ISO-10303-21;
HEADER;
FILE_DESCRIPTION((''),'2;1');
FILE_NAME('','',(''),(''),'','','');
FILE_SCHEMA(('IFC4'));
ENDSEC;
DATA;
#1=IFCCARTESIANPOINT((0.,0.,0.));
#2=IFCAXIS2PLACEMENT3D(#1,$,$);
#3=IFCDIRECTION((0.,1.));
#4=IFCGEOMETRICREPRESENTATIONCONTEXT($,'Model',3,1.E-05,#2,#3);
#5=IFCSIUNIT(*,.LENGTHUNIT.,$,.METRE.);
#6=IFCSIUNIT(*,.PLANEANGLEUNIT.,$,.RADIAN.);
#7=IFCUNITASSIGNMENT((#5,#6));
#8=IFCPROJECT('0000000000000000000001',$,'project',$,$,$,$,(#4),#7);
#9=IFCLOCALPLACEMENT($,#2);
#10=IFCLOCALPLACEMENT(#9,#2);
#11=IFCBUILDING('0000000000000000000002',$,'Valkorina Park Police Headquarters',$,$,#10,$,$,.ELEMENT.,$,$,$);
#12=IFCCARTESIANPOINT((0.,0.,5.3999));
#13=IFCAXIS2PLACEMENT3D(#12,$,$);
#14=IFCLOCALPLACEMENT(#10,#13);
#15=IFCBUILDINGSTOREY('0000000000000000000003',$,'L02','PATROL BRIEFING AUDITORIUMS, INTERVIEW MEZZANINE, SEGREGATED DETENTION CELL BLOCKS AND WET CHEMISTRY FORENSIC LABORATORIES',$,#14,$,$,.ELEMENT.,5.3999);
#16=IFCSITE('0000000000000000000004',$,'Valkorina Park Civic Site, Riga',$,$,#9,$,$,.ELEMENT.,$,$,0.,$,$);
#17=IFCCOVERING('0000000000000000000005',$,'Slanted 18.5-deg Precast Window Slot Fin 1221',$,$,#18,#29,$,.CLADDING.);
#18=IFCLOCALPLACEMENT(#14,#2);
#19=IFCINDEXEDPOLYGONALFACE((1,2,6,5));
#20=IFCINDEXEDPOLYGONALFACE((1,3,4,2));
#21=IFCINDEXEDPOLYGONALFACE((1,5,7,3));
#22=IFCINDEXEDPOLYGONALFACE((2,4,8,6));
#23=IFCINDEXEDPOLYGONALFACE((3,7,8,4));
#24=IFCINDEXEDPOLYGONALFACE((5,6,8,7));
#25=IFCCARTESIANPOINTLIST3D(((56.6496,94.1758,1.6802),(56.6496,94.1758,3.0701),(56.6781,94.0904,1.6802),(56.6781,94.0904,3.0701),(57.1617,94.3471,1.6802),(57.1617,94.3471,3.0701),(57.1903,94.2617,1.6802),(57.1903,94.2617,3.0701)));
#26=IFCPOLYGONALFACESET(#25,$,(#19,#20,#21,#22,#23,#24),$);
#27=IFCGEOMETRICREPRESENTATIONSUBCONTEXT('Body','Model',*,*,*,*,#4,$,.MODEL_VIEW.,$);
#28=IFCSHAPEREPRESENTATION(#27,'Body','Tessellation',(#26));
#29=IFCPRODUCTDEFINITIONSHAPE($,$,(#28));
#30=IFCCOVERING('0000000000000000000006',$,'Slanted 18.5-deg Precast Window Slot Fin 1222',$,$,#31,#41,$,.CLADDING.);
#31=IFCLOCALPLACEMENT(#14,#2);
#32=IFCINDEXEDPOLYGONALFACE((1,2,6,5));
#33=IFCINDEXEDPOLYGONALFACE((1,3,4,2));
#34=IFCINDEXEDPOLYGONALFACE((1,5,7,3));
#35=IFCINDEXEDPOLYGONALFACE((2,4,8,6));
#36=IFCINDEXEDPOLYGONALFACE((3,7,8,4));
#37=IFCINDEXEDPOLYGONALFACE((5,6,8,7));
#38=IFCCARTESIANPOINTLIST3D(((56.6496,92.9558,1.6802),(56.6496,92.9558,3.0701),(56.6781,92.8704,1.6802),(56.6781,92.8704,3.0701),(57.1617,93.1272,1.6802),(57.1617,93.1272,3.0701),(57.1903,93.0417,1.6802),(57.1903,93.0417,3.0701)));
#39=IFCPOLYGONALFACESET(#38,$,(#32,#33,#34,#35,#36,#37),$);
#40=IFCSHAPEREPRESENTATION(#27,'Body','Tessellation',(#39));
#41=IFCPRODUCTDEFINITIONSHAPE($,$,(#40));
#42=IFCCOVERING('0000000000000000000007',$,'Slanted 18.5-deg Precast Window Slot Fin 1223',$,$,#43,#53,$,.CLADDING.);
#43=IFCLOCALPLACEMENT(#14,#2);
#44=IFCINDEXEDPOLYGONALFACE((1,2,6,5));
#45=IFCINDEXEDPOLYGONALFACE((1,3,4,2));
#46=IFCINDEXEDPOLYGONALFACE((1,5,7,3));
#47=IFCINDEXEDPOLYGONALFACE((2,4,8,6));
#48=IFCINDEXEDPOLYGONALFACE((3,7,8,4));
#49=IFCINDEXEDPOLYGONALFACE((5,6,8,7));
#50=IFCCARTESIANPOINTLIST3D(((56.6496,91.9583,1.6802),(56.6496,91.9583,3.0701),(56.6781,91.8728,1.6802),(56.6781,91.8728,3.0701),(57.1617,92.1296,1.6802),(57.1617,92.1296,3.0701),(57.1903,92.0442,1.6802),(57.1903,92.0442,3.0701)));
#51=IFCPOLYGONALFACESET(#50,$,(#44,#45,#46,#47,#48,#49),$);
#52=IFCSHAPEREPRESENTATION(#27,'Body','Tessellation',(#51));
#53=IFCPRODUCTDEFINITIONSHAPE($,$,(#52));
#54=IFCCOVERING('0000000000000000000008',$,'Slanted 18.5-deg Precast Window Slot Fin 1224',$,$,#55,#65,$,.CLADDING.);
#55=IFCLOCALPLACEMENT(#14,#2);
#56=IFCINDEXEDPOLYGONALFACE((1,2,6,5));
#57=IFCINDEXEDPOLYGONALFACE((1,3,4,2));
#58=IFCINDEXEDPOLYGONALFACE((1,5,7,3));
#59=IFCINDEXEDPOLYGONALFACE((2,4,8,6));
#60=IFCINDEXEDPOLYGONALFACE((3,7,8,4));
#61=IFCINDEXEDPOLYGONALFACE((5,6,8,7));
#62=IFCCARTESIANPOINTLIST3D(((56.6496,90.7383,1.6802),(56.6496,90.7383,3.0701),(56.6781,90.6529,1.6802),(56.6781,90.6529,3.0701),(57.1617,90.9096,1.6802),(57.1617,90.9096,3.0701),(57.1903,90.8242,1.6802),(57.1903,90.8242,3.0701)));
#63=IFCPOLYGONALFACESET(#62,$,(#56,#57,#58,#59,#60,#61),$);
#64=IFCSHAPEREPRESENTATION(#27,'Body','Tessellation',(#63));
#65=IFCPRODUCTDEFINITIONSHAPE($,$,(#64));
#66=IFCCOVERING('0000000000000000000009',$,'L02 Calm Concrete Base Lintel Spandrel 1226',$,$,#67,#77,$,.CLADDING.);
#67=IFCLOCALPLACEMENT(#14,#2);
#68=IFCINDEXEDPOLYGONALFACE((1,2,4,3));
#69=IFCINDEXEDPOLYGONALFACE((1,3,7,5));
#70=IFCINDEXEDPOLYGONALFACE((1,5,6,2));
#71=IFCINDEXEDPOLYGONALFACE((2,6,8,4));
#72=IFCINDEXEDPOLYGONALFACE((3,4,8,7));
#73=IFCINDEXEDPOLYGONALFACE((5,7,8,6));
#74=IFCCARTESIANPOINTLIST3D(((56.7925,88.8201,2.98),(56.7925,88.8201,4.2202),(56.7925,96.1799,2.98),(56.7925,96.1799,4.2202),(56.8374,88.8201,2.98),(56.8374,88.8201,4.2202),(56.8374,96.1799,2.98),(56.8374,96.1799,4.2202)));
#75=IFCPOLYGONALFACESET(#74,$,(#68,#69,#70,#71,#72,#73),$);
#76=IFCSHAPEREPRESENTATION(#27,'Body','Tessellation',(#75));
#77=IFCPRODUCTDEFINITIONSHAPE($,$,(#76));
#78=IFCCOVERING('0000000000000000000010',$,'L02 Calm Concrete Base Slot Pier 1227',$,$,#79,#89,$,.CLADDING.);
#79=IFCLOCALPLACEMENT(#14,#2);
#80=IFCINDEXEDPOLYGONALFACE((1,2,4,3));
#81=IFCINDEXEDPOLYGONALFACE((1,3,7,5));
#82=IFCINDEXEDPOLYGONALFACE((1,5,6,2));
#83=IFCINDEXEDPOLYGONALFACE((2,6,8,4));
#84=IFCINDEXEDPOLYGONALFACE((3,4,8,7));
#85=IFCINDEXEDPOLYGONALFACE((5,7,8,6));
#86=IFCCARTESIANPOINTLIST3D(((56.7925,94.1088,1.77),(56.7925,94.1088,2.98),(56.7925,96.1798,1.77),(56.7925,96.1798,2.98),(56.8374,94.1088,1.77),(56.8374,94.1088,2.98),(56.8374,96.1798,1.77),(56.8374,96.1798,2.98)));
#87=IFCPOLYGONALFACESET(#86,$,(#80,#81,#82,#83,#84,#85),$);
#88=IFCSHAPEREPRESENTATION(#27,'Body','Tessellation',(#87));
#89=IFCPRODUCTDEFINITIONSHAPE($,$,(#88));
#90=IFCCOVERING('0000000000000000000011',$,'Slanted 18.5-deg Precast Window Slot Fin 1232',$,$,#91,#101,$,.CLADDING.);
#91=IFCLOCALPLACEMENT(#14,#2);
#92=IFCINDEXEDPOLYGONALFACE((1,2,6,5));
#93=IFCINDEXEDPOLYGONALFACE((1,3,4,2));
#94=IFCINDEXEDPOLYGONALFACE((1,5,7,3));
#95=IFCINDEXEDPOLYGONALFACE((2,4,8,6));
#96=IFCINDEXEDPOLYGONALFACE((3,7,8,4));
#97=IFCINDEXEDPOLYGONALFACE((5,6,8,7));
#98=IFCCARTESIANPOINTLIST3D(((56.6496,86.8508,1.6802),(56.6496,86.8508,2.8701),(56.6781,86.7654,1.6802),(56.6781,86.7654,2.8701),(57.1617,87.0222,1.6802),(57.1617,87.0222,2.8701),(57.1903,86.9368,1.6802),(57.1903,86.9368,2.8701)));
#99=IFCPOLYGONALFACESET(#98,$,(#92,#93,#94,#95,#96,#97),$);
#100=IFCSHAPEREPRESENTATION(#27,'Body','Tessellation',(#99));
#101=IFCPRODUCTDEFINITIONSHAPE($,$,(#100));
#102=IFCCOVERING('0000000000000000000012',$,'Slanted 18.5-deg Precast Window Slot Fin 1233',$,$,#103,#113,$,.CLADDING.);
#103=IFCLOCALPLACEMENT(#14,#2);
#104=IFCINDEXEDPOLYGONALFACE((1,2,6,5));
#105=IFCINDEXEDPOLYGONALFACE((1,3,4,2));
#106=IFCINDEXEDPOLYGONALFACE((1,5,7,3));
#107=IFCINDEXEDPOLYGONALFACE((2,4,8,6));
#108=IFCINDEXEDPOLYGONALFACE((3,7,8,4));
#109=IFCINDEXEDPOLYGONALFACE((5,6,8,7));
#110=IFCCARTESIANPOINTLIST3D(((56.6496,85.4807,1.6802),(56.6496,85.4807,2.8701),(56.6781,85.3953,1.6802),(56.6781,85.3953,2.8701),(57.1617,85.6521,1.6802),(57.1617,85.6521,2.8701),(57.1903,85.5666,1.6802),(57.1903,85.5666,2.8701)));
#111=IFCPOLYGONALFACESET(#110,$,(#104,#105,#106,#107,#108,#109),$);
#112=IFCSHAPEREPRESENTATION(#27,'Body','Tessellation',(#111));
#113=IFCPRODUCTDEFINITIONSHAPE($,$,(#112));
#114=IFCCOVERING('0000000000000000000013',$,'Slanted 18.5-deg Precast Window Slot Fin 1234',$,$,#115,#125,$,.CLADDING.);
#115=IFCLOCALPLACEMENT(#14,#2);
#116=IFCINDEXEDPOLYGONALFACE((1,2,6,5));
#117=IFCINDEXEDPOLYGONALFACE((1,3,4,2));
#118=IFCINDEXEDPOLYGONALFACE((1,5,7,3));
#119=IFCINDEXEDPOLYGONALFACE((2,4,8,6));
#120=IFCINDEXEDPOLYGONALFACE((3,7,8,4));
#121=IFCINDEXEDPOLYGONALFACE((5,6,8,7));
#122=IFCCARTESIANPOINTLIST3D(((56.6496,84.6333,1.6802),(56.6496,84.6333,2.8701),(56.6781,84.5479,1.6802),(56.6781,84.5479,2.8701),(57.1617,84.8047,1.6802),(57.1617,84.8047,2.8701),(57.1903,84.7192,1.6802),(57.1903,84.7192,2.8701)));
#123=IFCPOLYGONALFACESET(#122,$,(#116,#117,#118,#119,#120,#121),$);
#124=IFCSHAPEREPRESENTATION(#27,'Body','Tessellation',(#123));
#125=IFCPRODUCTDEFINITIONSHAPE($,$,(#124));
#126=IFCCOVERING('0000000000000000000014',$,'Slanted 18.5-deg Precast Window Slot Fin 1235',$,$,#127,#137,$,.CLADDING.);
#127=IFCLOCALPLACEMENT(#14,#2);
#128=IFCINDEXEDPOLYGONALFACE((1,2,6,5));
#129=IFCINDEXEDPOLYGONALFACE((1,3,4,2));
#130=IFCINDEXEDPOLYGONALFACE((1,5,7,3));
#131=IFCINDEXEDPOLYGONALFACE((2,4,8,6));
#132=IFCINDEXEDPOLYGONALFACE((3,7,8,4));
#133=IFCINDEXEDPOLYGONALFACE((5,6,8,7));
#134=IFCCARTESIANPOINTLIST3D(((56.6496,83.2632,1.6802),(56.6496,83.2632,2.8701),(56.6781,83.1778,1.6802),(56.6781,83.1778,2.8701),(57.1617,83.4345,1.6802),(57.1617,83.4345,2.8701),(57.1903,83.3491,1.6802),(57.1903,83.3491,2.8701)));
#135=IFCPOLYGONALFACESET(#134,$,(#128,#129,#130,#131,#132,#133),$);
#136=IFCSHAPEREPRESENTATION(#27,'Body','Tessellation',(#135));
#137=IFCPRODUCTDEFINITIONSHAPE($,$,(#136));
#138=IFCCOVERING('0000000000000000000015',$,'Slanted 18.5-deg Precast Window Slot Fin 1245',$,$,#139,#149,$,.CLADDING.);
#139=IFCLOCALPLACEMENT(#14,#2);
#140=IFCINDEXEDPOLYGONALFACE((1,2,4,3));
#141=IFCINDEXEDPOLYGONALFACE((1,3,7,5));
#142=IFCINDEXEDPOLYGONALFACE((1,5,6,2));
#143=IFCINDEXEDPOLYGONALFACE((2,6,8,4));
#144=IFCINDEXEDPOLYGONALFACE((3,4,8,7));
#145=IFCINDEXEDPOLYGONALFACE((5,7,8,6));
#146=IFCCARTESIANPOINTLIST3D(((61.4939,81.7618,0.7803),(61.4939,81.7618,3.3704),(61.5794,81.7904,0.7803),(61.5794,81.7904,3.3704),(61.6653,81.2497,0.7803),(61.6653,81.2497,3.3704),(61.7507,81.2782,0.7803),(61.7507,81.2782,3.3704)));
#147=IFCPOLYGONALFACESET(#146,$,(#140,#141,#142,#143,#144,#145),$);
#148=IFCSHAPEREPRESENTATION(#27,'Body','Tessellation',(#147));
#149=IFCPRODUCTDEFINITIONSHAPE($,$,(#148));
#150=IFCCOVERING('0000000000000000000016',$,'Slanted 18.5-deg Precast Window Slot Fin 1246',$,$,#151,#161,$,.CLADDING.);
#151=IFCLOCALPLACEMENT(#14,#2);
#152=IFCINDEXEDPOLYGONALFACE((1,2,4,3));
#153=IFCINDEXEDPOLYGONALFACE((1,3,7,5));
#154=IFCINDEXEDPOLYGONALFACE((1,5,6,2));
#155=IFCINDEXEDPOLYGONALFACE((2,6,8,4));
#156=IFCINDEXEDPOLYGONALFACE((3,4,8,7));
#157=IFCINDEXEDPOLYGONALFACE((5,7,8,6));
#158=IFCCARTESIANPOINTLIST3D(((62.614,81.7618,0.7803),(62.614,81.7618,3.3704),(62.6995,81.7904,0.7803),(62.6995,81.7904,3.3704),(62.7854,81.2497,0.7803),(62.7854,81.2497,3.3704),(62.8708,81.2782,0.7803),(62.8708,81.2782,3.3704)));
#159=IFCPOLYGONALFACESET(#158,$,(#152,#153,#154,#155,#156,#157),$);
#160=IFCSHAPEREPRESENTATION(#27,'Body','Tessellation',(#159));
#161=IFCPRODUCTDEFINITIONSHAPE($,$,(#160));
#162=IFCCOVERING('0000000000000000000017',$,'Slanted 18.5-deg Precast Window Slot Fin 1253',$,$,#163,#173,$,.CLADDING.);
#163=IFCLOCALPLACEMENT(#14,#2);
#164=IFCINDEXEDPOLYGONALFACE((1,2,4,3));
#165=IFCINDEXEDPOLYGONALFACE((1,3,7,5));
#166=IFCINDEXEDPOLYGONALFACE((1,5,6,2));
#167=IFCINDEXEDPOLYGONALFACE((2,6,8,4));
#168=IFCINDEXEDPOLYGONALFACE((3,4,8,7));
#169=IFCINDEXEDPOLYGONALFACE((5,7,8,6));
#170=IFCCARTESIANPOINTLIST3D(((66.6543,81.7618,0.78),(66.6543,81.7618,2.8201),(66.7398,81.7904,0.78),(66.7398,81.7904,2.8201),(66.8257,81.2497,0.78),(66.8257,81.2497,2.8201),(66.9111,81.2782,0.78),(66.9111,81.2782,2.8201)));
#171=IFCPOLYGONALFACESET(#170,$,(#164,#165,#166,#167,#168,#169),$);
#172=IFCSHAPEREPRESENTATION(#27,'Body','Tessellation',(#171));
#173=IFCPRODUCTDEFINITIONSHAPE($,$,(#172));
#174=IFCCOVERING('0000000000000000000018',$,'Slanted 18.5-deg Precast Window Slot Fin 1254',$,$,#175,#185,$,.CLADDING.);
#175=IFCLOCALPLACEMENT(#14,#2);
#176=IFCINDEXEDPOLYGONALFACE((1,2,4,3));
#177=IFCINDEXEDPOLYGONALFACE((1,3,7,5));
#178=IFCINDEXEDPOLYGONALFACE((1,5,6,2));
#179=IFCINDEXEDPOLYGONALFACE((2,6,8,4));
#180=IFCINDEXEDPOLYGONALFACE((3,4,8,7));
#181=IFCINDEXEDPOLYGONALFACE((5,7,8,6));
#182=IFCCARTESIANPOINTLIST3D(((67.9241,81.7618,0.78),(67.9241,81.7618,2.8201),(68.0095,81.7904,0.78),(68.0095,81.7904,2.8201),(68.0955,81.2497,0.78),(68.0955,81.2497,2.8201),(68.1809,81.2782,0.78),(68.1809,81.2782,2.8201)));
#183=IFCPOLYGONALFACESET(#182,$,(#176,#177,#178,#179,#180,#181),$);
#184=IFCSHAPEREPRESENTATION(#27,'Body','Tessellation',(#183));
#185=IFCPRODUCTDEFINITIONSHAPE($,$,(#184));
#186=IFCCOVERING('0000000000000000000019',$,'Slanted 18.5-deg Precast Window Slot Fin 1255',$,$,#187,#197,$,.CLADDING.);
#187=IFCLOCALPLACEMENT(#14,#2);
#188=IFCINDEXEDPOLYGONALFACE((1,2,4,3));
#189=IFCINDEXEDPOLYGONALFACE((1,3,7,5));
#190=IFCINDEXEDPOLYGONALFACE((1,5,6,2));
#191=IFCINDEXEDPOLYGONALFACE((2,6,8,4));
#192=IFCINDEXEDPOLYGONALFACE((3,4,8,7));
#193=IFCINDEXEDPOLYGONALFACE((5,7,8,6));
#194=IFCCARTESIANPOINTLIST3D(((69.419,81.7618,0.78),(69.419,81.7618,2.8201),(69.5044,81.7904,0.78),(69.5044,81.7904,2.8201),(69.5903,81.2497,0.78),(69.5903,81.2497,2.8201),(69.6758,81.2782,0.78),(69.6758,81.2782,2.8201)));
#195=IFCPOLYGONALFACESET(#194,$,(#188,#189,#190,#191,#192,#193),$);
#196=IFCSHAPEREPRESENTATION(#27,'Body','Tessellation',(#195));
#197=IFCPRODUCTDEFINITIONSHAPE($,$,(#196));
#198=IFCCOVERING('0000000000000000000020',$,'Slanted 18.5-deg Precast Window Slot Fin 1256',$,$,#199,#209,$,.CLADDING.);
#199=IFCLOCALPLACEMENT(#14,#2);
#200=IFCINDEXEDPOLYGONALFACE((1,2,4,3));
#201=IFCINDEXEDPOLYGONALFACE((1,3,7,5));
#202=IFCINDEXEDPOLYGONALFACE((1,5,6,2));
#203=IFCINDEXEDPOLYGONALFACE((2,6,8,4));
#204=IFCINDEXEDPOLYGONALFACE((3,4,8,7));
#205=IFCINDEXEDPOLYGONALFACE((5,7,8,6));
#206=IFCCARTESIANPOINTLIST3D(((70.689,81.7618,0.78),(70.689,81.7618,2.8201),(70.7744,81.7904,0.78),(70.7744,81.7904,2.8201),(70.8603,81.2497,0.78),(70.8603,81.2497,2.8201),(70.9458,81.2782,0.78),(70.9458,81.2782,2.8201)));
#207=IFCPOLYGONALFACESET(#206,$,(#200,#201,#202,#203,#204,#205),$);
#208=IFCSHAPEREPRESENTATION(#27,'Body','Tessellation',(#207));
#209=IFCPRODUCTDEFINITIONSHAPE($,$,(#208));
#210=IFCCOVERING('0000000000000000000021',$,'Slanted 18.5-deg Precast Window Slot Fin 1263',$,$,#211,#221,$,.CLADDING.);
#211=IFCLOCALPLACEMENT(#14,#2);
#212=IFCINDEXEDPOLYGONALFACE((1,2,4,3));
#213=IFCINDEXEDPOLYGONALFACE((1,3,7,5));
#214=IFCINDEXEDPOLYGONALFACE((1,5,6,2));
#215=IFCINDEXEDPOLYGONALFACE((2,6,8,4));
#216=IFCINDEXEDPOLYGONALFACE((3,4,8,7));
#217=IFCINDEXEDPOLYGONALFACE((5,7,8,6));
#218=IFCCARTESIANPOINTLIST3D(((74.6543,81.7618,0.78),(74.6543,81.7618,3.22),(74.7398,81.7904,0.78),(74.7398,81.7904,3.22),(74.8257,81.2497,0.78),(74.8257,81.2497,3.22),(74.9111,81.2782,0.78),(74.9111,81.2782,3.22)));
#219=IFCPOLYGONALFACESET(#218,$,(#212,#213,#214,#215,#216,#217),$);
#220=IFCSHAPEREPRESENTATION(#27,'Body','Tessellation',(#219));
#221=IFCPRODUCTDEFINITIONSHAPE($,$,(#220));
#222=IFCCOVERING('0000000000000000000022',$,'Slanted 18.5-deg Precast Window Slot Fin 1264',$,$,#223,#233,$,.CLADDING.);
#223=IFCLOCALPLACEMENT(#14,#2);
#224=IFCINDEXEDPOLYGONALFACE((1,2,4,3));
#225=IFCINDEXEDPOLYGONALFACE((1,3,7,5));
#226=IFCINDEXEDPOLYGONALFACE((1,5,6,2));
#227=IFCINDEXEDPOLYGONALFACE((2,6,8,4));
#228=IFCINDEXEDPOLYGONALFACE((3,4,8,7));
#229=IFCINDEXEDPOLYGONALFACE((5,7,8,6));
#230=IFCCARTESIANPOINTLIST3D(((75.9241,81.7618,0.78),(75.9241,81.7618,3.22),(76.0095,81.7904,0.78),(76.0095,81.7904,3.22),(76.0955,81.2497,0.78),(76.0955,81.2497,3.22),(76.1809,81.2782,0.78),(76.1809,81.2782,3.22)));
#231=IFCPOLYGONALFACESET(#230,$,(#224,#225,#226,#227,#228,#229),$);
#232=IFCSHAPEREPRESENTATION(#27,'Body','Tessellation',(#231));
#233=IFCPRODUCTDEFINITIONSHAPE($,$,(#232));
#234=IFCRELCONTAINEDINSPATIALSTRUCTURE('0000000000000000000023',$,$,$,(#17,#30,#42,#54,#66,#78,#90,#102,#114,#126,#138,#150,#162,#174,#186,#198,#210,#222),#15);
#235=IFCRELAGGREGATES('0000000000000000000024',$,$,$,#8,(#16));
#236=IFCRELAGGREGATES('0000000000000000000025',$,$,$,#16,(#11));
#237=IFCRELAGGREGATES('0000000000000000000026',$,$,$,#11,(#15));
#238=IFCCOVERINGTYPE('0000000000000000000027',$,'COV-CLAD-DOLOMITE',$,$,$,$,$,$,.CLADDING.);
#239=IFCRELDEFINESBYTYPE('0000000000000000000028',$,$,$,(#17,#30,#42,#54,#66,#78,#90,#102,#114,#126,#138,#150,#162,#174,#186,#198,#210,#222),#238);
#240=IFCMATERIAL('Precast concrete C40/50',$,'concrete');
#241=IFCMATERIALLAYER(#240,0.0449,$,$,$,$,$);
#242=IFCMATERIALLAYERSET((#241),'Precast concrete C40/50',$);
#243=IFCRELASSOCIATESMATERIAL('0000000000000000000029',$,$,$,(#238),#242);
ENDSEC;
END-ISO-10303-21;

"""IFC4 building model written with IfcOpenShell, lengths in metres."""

from ifc_helpers import new_model, si_unit, direction, frame, frame_2d, origin, origin_2d, place, context, subcontext, project, spatial, rectangle, extrude, material, layer, layer_set, type_object, element, save


model = new_model("IFC4")

# Units and contexts
model_context = context("Model", 3, precision=1e-05, world=origin(), true_north=direction((0.0, 1.0)))
body_context = subcontext(model_context, "Body", "Model", "MODEL_VIEW")
ifc_project = project(units=[si_unit("LENGTHUNIT", "METRE"), si_unit("PLANEANGLEUNIT", "RADIAN")], contexts=[model_context])

# Site, building, storey
site_placement = place(None, origin())
site = spatial("IfcSite", under=ifc_project, at=site_placement, Name="Valkorina Park Civic Site, Riga", CompositionType="ELEMENT", RefElevation=0.0)
building_placement = place(site_placement, origin())
building = spatial("IfcBuilding", under=site, at=building_placement, Name="Valkorina Park Police Headquarters", CompositionType="ELEMENT")
storey_placement = place(building_placement, frame((0.0, 0.0, 5.3999)))
storey = spatial("IfcBuildingStorey", under=building, at=storey_placement, Name="L02", Description="PATROL BRIEFING AUDITORIUMS, INTERVIEW MEZZANINE, SEGREGATED DETENTION CELL BLOCKS AND WET CHEMISTRY FORENSIC LABORATORIES", CompositionType="ELEMENT", Elevation=5.3999)

# Coverings
ifc_material = material(Name="Precast concrete C40/50", Category="concrete")
ifc_layer = layer(ifc_material, 0.0449)
ifc_layer_set = layer_set([ifc_layer], Name="Precast concrete C40/50")
covering_type = type_object("IfcCoveringType", Name="COV-CLAD-DOLOMITE", PredefinedType="CLADDING", material=ifc_layer_set)
for number, where, z_axis, x_axis, name in (
    (1, (56.9199, 94.2188, 1.6802), (0.0, 0.0, 1.0), (0.948324, 0.317305, 0.0), "Slanted 18.5-deg Precast Window Slot Fin 1221"),
    (2, (56.9199, 92.9988, 1.6802), (0.0, 0.0, 1.0), (0.948324, 0.317305, 0.0), "Slanted 18.5-deg Precast Window Slot Fin 1222"),
    (3, (56.9199, 92.0012, 1.6802), (0.0, 0.0, 1.0), (0.948324, 0.317305, 0.0), "Slanted 18.5-deg Precast Window Slot Fin 1223"),
    (4, (56.9199, 90.7812, 1.6802), (0.0, 0.0, 1.0), (0.948324, 0.317305, 0.0), "Slanted 18.5-deg Precast Window Slot Fin 1224"),
):
    element("IfcCovering", number, at=place(storey_placement, frame(where, z_axis=z_axis, x_axis=x_axis)), inside=storey, type_object=covering_type, Name=name, PredefinedType="CLADDING", context=body_context, shape_type="SweptSolid", body=[
        extrude(rectangle(XDim=0.54, YDim=0.0901, at=origin_2d()), origin(), (0.0, 0.0, 1.0), 1.3899),
    ])
covering_1_placement = place(storey_placement, frame((56.8149, 96.1799, 2.98), z_axis=(0.0, 0.0, 1.0), x_axis=(0.0, -1.0, 0.0)))
element("IfcCovering", 5, at=covering_1_placement, inside=storey, type_object=covering_type, Name="L02 Calm Concrete Base Lintel Spandrel 1226", PredefinedType="CLADDING", context=body_context, shape_type="SweptSolid", body=[
    extrude(rectangle(XDim=7.3599, YDim=0.0449, at=frame_2d((3.6799, 0.0))), origin(), (0.0, 0.0, 1.0), 1.2402),
])
covering_2_placement = place(storey_placement, frame((56.8149, 96.1799, 1.77), z_axis=(0.0, 0.0, 1.0), x_axis=(0.0, -1.0, 0.0)))
element("IfcCovering", 6, at=covering_2_placement, inside=storey, type_object=covering_type, Name="L02 Calm Concrete Base Slot Pier 1227", PredefinedType="CLADDING", context=body_context, shape_type="SweptSolid", body=[
    extrude(rectangle(XDim=2.071, YDim=0.0449, at=frame_2d((1.0356, 0.0))), origin(), (0.0, 0.0, 1.0), 1.21),
])
for number, where, z_axis, x_axis, name in (
    (7, (56.9199, 86.8938, 1.6802), (0.0, 0.0, 1.0), (0.948324, 0.317305, 0.0), "Slanted 18.5-deg Precast Window Slot Fin 1232"),
    (8, (56.9199, 85.5237, 1.6802), (0.0, 0.0, 1.0), (0.948324, 0.317305, 0.0), "Slanted 18.5-deg Precast Window Slot Fin 1233"),
    (9, (56.9199, 84.6763, 1.6802), (0.0, 0.0, 1.0), (0.948324, 0.317305, 0.0), "Slanted 18.5-deg Precast Window Slot Fin 1234"),
    (10, (56.9199, 83.3062, 1.6802), (0.0, 0.0, 1.0), (0.948324, 0.317305, 0.0), "Slanted 18.5-deg Precast Window Slot Fin 1235"),
):
    element("IfcCovering", number, at=place(storey_placement, frame(where, z_axis=z_axis, x_axis=x_axis)), inside=storey, type_object=covering_type, Name=name, PredefinedType="CLADDING", context=body_context, shape_type="SweptSolid", body=[
        extrude(rectangle(XDim=0.54, YDim=0.0901, at=origin_2d()), origin(), (0.0, 0.0, 1.0), 1.1899),
    ])
for number, where, z_axis, x_axis, name in (
    (11, (61.6223, 81.52, 0.7803), (0.0, 0.0, 1.0), (-0.317305, 0.948324, 0.0), "Slanted 18.5-deg Precast Window Slot Fin 1245"),
    (12, (62.7424, 81.52, 0.7803), (0.0, 0.0, 1.0), (-0.317305, 0.948324, 0.0), "Slanted 18.5-deg Precast Window Slot Fin 1246"),
):
    element("IfcCovering", number, at=place(storey_placement, frame(where, z_axis=z_axis, x_axis=x_axis)), inside=storey, type_object=covering_type, Name=name, PredefinedType="CLADDING", context=body_context, shape_type="SweptSolid", body=[
        extrude(rectangle(XDim=0.54, YDim=0.0901, at=origin_2d()), origin(), (0.0, 0.0, 1.0), 2.5901),
    ])
for number, where, z_axis, x_axis, name in (
    (13, (66.7827, 81.52, 0.78), (0.0, 0.0, 1.0), (-0.317305, 0.948324, 0.0), "Slanted 18.5-deg Precast Window Slot Fin 1253"),
    (14, (68.0525, 81.52, 0.78), (0.0, 0.0, 1.0), (-0.317305, 0.948324, 0.0), "Slanted 18.5-deg Precast Window Slot Fin 1254"),
    (15, (69.5474, 81.52, 0.78), (0.0, 0.0, 1.0), (-0.317305, 0.948324, 0.0), "Slanted 18.5-deg Precast Window Slot Fin 1255"),
    (16, (70.8174, 81.52, 0.78), (0.0, 0.0, 1.0), (-0.317305, 0.948324, 0.0), "Slanted 18.5-deg Precast Window Slot Fin 1256"),
):
    element("IfcCovering", number, at=place(storey_placement, frame(where, z_axis=z_axis, x_axis=x_axis)), inside=storey, type_object=covering_type, Name=name, PredefinedType="CLADDING", context=body_context, shape_type="SweptSolid", body=[
        extrude(rectangle(XDim=0.54, YDim=0.0901, at=origin_2d()), origin(), (0.0, 0.0, 1.0), 2.04),
    ])
for number, where, z_axis, x_axis, name in (
    (17, (74.7827, 81.52, 0.78), (0.0, 0.0, 1.0), (-0.317305, 0.948324, 0.0), "Slanted 18.5-deg Precast Window Slot Fin 1263"),
    (18, (76.0525, 81.52, 0.78), (0.0, 0.0, 1.0), (-0.317305, 0.948324, 0.0), "Slanted 18.5-deg Precast Window Slot Fin 1264"),
):
    element("IfcCovering", number, at=place(storey_placement, frame(where, z_axis=z_axis, x_axis=x_axis)), inside=storey, type_object=covering_type, Name=name, PredefinedType="CLADDING", context=body_context, shape_type="SweptSolid", body=[
        extrude(rectangle(XDim=0.54, YDim=0.0901, at=origin_2d()), origin(), (0.0, 0.0, 1.0), 2.4399),
    ])

save(model, "model.ifc")
